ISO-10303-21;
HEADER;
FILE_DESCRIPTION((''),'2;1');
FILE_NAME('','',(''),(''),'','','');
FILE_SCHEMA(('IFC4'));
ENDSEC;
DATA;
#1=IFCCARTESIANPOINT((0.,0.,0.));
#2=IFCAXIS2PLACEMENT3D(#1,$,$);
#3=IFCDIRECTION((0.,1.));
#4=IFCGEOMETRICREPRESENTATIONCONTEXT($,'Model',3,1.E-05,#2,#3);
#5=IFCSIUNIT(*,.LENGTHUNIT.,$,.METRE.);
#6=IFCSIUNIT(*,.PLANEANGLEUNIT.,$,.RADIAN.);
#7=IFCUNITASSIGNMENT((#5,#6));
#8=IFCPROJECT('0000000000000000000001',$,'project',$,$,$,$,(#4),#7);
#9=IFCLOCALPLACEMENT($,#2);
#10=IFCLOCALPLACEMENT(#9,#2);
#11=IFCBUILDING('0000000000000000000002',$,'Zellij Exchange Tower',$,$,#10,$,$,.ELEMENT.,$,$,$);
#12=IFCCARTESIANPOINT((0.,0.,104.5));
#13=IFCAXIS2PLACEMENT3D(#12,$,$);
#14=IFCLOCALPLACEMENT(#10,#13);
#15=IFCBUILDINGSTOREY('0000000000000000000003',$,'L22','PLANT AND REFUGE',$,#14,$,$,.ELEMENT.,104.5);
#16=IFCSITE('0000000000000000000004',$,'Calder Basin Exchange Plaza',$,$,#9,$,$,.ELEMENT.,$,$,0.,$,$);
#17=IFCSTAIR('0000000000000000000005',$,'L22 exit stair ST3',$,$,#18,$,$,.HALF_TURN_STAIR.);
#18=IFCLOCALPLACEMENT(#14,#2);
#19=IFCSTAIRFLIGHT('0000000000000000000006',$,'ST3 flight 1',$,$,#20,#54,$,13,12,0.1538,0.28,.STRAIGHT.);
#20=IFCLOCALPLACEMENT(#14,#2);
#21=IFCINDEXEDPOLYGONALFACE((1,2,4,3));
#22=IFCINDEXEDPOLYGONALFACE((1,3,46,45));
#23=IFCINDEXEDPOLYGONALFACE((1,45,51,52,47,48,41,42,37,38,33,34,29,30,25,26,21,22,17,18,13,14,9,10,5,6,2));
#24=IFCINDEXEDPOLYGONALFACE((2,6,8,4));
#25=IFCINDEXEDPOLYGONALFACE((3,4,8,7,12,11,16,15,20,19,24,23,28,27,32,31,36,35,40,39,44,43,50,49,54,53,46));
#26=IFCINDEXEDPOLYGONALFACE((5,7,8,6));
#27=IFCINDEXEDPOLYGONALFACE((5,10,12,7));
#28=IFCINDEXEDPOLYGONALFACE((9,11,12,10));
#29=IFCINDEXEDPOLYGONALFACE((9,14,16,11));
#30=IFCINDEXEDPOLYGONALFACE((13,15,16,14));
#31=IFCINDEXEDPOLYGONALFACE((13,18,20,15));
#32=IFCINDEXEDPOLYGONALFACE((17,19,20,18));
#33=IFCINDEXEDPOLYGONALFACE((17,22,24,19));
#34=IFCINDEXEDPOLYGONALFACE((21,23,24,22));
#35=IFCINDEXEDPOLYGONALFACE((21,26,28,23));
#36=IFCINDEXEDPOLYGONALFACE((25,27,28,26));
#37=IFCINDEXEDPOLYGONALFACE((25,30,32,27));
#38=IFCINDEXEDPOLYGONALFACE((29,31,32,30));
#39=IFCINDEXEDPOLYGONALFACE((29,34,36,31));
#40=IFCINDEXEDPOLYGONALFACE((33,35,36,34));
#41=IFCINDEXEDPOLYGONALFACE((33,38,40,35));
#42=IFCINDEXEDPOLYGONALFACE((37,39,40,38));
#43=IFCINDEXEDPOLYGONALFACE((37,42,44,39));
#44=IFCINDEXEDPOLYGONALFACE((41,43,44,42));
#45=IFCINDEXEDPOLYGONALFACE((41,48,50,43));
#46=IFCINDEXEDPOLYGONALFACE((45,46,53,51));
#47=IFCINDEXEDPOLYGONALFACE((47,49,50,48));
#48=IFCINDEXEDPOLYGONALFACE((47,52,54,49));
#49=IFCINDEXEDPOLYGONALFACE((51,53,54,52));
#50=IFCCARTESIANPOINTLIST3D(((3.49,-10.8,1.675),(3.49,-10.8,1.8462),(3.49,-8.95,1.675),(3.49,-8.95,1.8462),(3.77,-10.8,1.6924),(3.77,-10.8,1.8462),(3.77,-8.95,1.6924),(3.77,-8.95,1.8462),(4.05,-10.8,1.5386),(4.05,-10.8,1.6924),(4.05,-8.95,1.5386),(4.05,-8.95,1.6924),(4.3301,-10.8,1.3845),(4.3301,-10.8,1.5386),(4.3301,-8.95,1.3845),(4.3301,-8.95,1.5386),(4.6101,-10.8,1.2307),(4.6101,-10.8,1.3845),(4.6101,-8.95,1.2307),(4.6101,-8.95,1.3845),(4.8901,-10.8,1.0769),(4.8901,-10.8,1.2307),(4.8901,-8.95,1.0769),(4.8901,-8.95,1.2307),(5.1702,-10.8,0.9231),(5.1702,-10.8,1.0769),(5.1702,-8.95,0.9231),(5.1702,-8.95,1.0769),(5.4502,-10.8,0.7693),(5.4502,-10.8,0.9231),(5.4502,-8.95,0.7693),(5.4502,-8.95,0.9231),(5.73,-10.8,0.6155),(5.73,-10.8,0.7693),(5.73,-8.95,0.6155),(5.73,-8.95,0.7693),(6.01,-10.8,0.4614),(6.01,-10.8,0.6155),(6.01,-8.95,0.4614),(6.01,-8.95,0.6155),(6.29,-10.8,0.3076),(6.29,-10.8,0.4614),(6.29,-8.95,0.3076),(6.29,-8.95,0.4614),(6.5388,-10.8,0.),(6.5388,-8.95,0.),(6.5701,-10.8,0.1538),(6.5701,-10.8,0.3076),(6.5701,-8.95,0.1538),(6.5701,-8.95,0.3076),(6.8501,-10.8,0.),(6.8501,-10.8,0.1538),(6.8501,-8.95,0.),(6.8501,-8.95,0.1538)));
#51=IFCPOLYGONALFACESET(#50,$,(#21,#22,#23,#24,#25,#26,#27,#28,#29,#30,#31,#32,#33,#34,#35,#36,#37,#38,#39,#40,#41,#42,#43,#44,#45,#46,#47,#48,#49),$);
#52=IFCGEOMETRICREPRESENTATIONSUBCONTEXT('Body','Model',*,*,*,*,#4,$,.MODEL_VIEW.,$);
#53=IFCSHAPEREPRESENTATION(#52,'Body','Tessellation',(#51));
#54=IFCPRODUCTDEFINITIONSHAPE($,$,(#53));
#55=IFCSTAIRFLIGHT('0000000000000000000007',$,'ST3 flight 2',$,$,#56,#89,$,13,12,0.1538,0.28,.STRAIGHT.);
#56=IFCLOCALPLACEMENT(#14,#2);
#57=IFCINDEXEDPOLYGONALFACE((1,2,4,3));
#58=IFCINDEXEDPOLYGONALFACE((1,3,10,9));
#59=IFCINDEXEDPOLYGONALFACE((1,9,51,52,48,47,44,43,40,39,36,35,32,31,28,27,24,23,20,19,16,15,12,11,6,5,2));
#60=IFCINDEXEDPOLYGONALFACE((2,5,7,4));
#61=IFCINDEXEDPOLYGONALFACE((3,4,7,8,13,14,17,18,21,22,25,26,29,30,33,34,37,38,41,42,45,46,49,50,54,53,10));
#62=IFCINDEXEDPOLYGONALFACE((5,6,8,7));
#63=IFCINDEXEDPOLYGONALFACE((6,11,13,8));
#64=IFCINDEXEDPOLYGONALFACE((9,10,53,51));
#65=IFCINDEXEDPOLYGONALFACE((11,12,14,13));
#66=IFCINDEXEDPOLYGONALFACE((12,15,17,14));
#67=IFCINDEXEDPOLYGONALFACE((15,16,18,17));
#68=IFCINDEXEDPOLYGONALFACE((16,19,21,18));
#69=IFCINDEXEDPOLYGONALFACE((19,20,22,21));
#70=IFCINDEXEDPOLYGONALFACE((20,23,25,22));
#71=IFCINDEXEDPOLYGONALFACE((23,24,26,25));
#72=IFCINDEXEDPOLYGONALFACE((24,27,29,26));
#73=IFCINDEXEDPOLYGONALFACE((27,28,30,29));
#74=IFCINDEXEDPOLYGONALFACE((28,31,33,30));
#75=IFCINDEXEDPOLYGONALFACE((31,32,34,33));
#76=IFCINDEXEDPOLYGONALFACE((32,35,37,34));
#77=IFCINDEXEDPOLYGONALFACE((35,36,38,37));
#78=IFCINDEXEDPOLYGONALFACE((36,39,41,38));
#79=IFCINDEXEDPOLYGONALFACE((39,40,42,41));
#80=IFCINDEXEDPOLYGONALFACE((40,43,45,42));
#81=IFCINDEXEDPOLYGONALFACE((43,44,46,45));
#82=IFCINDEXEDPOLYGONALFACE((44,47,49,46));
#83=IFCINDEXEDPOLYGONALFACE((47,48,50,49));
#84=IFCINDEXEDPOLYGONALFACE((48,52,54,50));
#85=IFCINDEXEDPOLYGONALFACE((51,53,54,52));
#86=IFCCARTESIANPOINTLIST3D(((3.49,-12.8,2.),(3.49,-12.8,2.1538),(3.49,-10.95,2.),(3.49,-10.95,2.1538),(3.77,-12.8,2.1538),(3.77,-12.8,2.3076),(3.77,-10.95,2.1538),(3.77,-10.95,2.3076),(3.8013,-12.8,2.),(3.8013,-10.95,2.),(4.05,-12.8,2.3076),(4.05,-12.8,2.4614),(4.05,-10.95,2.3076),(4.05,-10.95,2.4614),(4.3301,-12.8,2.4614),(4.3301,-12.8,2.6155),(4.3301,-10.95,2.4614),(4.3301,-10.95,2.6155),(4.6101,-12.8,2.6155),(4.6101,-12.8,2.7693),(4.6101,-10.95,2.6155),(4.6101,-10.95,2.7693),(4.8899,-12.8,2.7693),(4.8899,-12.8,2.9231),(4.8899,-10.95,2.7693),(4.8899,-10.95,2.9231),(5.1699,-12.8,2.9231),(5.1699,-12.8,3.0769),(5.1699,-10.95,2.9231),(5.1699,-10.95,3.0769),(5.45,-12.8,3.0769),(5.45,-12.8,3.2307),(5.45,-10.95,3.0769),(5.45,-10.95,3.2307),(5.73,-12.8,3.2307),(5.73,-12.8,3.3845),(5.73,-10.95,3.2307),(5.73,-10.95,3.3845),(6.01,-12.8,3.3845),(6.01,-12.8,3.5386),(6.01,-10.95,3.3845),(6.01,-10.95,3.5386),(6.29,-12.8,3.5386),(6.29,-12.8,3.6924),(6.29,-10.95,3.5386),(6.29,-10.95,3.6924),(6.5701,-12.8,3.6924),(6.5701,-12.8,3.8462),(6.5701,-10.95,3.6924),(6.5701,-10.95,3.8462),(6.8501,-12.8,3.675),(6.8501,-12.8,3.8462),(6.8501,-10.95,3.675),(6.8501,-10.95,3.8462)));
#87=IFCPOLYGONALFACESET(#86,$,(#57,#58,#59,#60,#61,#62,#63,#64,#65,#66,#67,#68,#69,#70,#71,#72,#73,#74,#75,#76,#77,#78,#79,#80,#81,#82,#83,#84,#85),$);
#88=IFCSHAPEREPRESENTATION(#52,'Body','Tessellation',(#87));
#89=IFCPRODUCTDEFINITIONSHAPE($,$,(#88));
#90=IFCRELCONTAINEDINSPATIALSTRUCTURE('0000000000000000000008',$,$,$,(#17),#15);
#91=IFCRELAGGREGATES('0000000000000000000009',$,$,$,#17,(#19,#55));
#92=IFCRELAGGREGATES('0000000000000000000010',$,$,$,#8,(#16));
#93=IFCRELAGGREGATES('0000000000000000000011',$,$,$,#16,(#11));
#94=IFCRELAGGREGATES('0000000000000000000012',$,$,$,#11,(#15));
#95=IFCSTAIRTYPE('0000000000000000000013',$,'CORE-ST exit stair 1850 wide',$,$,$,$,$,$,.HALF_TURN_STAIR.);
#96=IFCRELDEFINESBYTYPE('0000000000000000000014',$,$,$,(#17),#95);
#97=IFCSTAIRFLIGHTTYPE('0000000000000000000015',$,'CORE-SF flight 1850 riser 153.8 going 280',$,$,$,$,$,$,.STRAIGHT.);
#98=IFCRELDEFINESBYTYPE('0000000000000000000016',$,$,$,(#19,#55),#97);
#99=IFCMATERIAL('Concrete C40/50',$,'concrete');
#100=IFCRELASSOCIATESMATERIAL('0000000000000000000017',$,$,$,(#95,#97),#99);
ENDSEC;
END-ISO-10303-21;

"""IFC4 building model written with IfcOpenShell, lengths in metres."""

from ifc_helpers import new_model, si_unit, direction, frame, origin, place, context, subcontext, project, spatial, polyline, outline, extrude, material, type_object, element, aggregate, save


model = new_model("IFC4")

# Units and contexts
model_context = context("Model", 3, precision=1e-05, world=origin(), true_north=direction((0.0, 1.0)))
body_context = subcontext(model_context, "Body", "Model", "MODEL_VIEW")
ifc_project = project(units=[si_unit("LENGTHUNIT", "METRE"), si_unit("PLANEANGLEUNIT", "RADIAN")], contexts=[model_context])

# Site, building, storey
site_placement = place(None, origin())
site = spatial("IfcSite", under=ifc_project, at=site_placement, Name="Calder Basin Exchange Plaza", CompositionType="ELEMENT", RefElevation=0.0)
building_placement = place(site_placement, origin())
building = spatial("IfcBuilding", under=site, at=building_placement, Name="Zellij Exchange Tower", CompositionType="ELEMENT")
storey_placement = place(building_placement, frame((0.0, 0.0, 104.5)))
storey = spatial("IfcBuildingStorey", under=building, at=storey_placement, Name="L22", Description="PLANT AND REFUGE", CompositionType="ELEMENT", Elevation=104.5)

# Stair, stair flights
ifc_material_1 = material(Name="Concrete C40/50", Category="concrete")
stair_type = type_object("IfcStairType", Name="CORE-ST exit stair 1850 wide", PredefinedType="HALF_TURN_STAIR", material=ifc_material_1)
stair_placement = place(storey_placement, origin())
stair = element("IfcStair", 1, at=stair_placement, inside=storey, type_object=stair_type, Name="L22 exit stair ST3", PredefinedType="HALF_TURN_STAIR")
stair_flight_type = type_object("IfcStairFlightType", Name="CORE-SF flight 1850 riser 153.8 going 280", PredefinedType="STRAIGHT", material=ifc_material_1)
stair_flight_1_placement = place(storey_placement, frame((6.8501, -9.875, 0.0), z_axis=(0.0, 0.0, 1.0), x_axis=(-1.0, 0.0, 0.0)))
stair_flight_1 = element("IfcStairFlight", 2, at=stair_flight_1_placement, type_object=stair_flight_type, Name="ST3 flight 1", NumberOfRisers=13, NumberOfTreads=12, PredefinedType="STRAIGHT", RiserHeight=0.1538, TreadLength=0.28, context=body_context, shape_type="SweptSolid", body=[
    extrude(outline(polyline([(0.0, 0.0), (0.0, 0.1538), (0.28, 0.1538), (0.28, 0.3076), (0.5601, 0.3076), (0.5601, 0.4614), (0.8401, 0.4614), (0.8401, 0.6155), (1.1201, 0.6155), (1.1201, 0.7693), (1.3999, 0.7693), (1.3999, 0.9231), (1.6799, 0.9231), (1.6799, 1.0769), (1.96, 1.0769), (1.96, 1.2307), (2.24, 1.2307), (2.24, 1.3845), (2.52, 1.3845), (2.52, 1.5386), (2.8, 1.5386), (2.8, 1.6924), (3.0801, 1.6924), (3.0801, 1.8462), (3.3601, 1.8462), (3.3601, 2.0), (3.3601, 1.675), (0.3113, 0.0), (0.0, 0.0)])), frame((0.0, 0.925, 0.0), z_axis=(0.0, -1.0, 0.0), x_axis=(1.0, 0.0, 0.0)), (0.0, 0.0, 1.0), 1.8501),
])
stair_flight_2_placement = place(storey_placement, frame((3.49, -11.875, 2.0), z_axis=(0.0, 0.0, 1.0), x_axis=(1.0, 0.0, 0.0)))
stair_flight_2 = element("IfcStairFlight", 3, at=stair_flight_2_placement, type_object=stair_flight_type, Name="ST3 flight 2", NumberOfRisers=13, NumberOfTreads=12, PredefinedType="STRAIGHT", RiserHeight=0.1538, TreadLength=0.28, context=body_context, shape_type="SweptSolid", body=[
    extrude(outline(polyline([(0.0, 0.0), (0.0, 0.1538), (0.28, 0.1538), (0.28, 0.3076), (0.5601, 0.3076), (0.5601, 0.4614), (0.8401, 0.4614), (0.8401, 0.6155), (1.1201, 0.6155), (1.1201, 0.7693), (1.3999, 0.7693), (1.3999, 0.9231), (1.6799, 0.9231), (1.6799, 1.0769), (1.96, 1.0769), (1.96, 1.2307), (2.24, 1.2307), (2.24, 1.3845), (2.52, 1.3845), (2.52, 1.5386), (2.8, 1.5386), (2.8, 1.6924), (3.0801, 1.6924), (3.0801, 1.8462), (3.3601, 1.8462), (3.3601, 2.0), (3.3601, 1.675), (0.3113, 0.0), (0.0, 0.0)])), frame((0.0, 0.925, 0.0), z_axis=(0.0, -1.0, 0.0), x_axis=(1.0, 0.0, 0.0)), (0.0, 0.0, 1.0), 1.8501),
])
aggregate(stair, [stair_flight_1, stair_flight_2])

save(model, "model.ifc")
